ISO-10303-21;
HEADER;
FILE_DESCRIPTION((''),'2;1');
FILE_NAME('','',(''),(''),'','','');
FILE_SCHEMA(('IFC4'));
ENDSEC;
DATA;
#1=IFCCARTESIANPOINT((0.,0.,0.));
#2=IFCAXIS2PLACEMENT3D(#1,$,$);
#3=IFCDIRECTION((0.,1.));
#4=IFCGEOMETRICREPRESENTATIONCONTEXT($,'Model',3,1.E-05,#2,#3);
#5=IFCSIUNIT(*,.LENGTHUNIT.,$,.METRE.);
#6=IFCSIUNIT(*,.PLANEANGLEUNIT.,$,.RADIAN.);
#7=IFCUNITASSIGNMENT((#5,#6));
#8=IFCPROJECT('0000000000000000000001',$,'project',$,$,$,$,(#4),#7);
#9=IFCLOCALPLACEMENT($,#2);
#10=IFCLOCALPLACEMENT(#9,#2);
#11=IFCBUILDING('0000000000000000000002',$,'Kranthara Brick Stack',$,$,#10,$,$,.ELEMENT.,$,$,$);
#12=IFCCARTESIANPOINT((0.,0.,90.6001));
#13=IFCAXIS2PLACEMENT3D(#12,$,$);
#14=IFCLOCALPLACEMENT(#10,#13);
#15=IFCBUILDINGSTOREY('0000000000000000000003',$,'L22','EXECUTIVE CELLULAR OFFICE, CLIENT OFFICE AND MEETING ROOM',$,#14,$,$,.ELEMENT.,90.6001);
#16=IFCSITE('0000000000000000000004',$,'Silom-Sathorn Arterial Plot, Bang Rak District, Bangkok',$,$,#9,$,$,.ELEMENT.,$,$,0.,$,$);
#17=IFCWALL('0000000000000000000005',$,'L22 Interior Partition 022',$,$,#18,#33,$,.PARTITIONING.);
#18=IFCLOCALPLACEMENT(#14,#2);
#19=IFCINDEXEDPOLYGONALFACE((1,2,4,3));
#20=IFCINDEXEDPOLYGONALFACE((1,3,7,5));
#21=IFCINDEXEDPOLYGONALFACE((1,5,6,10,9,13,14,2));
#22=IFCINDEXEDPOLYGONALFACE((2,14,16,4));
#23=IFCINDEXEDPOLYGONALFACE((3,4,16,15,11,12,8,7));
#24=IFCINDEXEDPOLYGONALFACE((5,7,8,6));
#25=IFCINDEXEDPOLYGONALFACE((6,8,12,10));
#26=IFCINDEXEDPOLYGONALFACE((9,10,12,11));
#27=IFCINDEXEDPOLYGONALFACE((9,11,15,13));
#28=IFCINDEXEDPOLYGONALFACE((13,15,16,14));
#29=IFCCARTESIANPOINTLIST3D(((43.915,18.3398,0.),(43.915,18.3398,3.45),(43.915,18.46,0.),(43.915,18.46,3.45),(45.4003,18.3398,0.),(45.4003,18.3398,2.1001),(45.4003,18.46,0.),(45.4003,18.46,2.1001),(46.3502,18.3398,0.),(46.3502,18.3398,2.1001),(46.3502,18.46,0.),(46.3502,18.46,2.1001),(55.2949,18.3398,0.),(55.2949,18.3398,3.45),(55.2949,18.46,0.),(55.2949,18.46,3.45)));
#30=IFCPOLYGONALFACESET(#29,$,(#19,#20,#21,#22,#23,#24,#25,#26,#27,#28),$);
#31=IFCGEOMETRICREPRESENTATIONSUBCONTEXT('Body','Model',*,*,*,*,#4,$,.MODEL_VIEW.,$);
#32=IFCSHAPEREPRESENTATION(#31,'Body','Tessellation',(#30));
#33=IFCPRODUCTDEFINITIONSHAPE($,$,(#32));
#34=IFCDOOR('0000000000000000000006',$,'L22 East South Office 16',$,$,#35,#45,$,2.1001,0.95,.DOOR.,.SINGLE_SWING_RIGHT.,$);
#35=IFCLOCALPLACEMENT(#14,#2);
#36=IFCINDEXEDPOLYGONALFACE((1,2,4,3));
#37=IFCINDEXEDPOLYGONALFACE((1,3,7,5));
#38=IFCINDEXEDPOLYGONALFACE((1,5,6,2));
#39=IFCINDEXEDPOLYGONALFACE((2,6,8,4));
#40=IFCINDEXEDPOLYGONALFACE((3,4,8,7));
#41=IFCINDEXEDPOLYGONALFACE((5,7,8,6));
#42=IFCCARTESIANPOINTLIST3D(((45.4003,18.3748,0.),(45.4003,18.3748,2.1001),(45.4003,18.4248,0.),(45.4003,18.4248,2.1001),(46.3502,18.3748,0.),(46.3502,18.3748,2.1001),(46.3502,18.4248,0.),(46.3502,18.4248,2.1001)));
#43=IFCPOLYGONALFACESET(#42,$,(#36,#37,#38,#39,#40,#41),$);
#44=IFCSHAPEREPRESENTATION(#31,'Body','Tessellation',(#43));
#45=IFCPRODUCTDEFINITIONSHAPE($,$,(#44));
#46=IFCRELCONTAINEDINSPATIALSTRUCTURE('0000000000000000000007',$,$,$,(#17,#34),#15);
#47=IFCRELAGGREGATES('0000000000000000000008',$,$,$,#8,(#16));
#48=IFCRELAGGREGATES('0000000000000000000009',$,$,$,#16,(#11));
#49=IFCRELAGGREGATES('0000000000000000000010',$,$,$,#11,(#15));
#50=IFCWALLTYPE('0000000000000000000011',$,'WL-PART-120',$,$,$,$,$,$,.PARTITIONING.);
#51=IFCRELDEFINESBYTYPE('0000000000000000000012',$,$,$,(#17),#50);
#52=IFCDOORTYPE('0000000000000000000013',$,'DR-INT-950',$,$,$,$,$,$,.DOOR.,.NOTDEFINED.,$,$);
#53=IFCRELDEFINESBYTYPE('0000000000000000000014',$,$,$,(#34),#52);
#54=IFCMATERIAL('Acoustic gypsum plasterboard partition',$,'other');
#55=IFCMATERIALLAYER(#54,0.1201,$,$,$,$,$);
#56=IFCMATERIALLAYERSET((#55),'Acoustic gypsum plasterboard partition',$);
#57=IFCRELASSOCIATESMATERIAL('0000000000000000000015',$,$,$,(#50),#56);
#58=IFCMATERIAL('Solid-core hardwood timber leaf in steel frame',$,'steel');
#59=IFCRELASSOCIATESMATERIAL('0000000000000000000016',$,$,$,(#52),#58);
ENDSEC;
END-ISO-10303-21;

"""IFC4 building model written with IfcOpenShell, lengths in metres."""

from ifc_helpers import new_model, si_unit, direction, frame, frame_2d, origin, place, context, subcontext, project, spatial, rectangle, extrude, material, layer, layer_set, type_object, element, fill, save


model = new_model("IFC4")

# Units and contexts
model_context = context("Model", 3, precision=1e-05, world=origin(), true_north=direction((0.0, 1.0)))
body_context = subcontext(model_context, "Body", "Model", "MODEL_VIEW")
ifc_project = project(units=[si_unit("LENGTHUNIT", "METRE"), si_unit("PLANEANGLEUNIT", "RADIAN")], contexts=[model_context])

# Site, building, storey
site_placement = place(None, origin())
site = spatial("IfcSite", under=ifc_project, at=site_placement, Name="Silom-Sathorn Arterial Plot, Bang Rak District, Bangkok", CompositionType="ELEMENT", RefElevation=0.0)
building_placement = place(site_placement, origin())
building = spatial("IfcBuilding", under=site, at=building_placement, Name="Kranthara Brick Stack", CompositionType="ELEMENT")
storey_placement = place(building_placement, frame((0.0, 0.0, 90.6001)))
storey = spatial("IfcBuildingStorey", under=building, at=storey_placement, Name="L22", Description="EXECUTIVE CELLULAR OFFICE, CLIENT OFFICE AND MEETING ROOM", CompositionType="ELEMENT", Elevation=90.6001)

# Shared definitions
ifc_material_1 = material(Name="Acoustic gypsum plasterboard partition", Category="other")
ifc_layer_1 = layer(ifc_material_1, 0.1201)
ifc_layer_set_1 = layer_set([ifc_layer_1], Name="Acoustic gypsum plasterboard partition")
wall_type_1 = type_object("IfcWallType", Name="WL-PART-120", PredefinedType="PARTITIONING", material=ifc_layer_set_1)

# Wall, opening, door
wall_1_placement = place(storey_placement, frame((43.915, 18.3999, 0.0), z_axis=(0.0, 0.0, 1.0), x_axis=(1.0, 0.0, 0.0)))
wall_1 = element("IfcWall", 1, at=wall_1_placement, inside=storey, type_object=wall_type_1, Name="L22 Interior Partition 022", PredefinedType="PARTITIONING", context=body_context, shape_type="SweptSolid", body=[
    extrude(rectangle(XDim=11.3799, YDim=0.1201, at=frame_2d((5.6899, 0.0))), origin(), (0.0, 0.0, 1.0), 3.45),
])
opening_1_placement = place(wall_1_placement, frame((1.4851, 0.0, 0.0)))
opening_1 = element("IfcOpeningElement", 2, at=opening_1_placement, cuts=wall_1, PredefinedType="OPENING", context=body_context, shape_type="SweptSolid", body=[
    extrude(rectangle(XDim=0.95, YDim=2.1001, at=frame_2d((0.4751, 1.05))), frame((0.0, 0.0701, 0.0), z_axis=(0.0, -1.0, 0.0), x_axis=(1.0, 0.0, 0.0)), (0.0, 0.0, 1.0), 0.1401),
])
ifc_material_2 = material(Name="Solid-core hardwood timber leaf in steel frame", Category="steel")
door_type_1 = type_object("IfcDoorType", Name="DR-INT-950", OperationType="NOTDEFINED", PredefinedType="DOOR", material=ifc_material_2)
door_1_placement = place(opening_1_placement, origin())
door_1 = element("IfcDoor", 3, at=door_1_placement, inside=storey, type_object=door_type_1, Name="L22 East South Office 16", OperationType="SINGLE_SWING_RIGHT", OverallHeight=2.1001, OverallWidth=0.95, PredefinedType="DOOR", context=body_context, shape_type="SweptSolid", body=[
    extrude(rectangle(XDim=0.95, YDim=2.1001, at=frame_2d((0.4751, 1.05))), frame((0.0, 0.0249, 0.0), z_axis=(0.0, -1.0, 0.0), x_axis=(1.0, 0.0, 0.0)), (0.0, 0.0, 1.0), 0.05),
])
fill(opening_1, door_1)

save(model, "model.ifc")
